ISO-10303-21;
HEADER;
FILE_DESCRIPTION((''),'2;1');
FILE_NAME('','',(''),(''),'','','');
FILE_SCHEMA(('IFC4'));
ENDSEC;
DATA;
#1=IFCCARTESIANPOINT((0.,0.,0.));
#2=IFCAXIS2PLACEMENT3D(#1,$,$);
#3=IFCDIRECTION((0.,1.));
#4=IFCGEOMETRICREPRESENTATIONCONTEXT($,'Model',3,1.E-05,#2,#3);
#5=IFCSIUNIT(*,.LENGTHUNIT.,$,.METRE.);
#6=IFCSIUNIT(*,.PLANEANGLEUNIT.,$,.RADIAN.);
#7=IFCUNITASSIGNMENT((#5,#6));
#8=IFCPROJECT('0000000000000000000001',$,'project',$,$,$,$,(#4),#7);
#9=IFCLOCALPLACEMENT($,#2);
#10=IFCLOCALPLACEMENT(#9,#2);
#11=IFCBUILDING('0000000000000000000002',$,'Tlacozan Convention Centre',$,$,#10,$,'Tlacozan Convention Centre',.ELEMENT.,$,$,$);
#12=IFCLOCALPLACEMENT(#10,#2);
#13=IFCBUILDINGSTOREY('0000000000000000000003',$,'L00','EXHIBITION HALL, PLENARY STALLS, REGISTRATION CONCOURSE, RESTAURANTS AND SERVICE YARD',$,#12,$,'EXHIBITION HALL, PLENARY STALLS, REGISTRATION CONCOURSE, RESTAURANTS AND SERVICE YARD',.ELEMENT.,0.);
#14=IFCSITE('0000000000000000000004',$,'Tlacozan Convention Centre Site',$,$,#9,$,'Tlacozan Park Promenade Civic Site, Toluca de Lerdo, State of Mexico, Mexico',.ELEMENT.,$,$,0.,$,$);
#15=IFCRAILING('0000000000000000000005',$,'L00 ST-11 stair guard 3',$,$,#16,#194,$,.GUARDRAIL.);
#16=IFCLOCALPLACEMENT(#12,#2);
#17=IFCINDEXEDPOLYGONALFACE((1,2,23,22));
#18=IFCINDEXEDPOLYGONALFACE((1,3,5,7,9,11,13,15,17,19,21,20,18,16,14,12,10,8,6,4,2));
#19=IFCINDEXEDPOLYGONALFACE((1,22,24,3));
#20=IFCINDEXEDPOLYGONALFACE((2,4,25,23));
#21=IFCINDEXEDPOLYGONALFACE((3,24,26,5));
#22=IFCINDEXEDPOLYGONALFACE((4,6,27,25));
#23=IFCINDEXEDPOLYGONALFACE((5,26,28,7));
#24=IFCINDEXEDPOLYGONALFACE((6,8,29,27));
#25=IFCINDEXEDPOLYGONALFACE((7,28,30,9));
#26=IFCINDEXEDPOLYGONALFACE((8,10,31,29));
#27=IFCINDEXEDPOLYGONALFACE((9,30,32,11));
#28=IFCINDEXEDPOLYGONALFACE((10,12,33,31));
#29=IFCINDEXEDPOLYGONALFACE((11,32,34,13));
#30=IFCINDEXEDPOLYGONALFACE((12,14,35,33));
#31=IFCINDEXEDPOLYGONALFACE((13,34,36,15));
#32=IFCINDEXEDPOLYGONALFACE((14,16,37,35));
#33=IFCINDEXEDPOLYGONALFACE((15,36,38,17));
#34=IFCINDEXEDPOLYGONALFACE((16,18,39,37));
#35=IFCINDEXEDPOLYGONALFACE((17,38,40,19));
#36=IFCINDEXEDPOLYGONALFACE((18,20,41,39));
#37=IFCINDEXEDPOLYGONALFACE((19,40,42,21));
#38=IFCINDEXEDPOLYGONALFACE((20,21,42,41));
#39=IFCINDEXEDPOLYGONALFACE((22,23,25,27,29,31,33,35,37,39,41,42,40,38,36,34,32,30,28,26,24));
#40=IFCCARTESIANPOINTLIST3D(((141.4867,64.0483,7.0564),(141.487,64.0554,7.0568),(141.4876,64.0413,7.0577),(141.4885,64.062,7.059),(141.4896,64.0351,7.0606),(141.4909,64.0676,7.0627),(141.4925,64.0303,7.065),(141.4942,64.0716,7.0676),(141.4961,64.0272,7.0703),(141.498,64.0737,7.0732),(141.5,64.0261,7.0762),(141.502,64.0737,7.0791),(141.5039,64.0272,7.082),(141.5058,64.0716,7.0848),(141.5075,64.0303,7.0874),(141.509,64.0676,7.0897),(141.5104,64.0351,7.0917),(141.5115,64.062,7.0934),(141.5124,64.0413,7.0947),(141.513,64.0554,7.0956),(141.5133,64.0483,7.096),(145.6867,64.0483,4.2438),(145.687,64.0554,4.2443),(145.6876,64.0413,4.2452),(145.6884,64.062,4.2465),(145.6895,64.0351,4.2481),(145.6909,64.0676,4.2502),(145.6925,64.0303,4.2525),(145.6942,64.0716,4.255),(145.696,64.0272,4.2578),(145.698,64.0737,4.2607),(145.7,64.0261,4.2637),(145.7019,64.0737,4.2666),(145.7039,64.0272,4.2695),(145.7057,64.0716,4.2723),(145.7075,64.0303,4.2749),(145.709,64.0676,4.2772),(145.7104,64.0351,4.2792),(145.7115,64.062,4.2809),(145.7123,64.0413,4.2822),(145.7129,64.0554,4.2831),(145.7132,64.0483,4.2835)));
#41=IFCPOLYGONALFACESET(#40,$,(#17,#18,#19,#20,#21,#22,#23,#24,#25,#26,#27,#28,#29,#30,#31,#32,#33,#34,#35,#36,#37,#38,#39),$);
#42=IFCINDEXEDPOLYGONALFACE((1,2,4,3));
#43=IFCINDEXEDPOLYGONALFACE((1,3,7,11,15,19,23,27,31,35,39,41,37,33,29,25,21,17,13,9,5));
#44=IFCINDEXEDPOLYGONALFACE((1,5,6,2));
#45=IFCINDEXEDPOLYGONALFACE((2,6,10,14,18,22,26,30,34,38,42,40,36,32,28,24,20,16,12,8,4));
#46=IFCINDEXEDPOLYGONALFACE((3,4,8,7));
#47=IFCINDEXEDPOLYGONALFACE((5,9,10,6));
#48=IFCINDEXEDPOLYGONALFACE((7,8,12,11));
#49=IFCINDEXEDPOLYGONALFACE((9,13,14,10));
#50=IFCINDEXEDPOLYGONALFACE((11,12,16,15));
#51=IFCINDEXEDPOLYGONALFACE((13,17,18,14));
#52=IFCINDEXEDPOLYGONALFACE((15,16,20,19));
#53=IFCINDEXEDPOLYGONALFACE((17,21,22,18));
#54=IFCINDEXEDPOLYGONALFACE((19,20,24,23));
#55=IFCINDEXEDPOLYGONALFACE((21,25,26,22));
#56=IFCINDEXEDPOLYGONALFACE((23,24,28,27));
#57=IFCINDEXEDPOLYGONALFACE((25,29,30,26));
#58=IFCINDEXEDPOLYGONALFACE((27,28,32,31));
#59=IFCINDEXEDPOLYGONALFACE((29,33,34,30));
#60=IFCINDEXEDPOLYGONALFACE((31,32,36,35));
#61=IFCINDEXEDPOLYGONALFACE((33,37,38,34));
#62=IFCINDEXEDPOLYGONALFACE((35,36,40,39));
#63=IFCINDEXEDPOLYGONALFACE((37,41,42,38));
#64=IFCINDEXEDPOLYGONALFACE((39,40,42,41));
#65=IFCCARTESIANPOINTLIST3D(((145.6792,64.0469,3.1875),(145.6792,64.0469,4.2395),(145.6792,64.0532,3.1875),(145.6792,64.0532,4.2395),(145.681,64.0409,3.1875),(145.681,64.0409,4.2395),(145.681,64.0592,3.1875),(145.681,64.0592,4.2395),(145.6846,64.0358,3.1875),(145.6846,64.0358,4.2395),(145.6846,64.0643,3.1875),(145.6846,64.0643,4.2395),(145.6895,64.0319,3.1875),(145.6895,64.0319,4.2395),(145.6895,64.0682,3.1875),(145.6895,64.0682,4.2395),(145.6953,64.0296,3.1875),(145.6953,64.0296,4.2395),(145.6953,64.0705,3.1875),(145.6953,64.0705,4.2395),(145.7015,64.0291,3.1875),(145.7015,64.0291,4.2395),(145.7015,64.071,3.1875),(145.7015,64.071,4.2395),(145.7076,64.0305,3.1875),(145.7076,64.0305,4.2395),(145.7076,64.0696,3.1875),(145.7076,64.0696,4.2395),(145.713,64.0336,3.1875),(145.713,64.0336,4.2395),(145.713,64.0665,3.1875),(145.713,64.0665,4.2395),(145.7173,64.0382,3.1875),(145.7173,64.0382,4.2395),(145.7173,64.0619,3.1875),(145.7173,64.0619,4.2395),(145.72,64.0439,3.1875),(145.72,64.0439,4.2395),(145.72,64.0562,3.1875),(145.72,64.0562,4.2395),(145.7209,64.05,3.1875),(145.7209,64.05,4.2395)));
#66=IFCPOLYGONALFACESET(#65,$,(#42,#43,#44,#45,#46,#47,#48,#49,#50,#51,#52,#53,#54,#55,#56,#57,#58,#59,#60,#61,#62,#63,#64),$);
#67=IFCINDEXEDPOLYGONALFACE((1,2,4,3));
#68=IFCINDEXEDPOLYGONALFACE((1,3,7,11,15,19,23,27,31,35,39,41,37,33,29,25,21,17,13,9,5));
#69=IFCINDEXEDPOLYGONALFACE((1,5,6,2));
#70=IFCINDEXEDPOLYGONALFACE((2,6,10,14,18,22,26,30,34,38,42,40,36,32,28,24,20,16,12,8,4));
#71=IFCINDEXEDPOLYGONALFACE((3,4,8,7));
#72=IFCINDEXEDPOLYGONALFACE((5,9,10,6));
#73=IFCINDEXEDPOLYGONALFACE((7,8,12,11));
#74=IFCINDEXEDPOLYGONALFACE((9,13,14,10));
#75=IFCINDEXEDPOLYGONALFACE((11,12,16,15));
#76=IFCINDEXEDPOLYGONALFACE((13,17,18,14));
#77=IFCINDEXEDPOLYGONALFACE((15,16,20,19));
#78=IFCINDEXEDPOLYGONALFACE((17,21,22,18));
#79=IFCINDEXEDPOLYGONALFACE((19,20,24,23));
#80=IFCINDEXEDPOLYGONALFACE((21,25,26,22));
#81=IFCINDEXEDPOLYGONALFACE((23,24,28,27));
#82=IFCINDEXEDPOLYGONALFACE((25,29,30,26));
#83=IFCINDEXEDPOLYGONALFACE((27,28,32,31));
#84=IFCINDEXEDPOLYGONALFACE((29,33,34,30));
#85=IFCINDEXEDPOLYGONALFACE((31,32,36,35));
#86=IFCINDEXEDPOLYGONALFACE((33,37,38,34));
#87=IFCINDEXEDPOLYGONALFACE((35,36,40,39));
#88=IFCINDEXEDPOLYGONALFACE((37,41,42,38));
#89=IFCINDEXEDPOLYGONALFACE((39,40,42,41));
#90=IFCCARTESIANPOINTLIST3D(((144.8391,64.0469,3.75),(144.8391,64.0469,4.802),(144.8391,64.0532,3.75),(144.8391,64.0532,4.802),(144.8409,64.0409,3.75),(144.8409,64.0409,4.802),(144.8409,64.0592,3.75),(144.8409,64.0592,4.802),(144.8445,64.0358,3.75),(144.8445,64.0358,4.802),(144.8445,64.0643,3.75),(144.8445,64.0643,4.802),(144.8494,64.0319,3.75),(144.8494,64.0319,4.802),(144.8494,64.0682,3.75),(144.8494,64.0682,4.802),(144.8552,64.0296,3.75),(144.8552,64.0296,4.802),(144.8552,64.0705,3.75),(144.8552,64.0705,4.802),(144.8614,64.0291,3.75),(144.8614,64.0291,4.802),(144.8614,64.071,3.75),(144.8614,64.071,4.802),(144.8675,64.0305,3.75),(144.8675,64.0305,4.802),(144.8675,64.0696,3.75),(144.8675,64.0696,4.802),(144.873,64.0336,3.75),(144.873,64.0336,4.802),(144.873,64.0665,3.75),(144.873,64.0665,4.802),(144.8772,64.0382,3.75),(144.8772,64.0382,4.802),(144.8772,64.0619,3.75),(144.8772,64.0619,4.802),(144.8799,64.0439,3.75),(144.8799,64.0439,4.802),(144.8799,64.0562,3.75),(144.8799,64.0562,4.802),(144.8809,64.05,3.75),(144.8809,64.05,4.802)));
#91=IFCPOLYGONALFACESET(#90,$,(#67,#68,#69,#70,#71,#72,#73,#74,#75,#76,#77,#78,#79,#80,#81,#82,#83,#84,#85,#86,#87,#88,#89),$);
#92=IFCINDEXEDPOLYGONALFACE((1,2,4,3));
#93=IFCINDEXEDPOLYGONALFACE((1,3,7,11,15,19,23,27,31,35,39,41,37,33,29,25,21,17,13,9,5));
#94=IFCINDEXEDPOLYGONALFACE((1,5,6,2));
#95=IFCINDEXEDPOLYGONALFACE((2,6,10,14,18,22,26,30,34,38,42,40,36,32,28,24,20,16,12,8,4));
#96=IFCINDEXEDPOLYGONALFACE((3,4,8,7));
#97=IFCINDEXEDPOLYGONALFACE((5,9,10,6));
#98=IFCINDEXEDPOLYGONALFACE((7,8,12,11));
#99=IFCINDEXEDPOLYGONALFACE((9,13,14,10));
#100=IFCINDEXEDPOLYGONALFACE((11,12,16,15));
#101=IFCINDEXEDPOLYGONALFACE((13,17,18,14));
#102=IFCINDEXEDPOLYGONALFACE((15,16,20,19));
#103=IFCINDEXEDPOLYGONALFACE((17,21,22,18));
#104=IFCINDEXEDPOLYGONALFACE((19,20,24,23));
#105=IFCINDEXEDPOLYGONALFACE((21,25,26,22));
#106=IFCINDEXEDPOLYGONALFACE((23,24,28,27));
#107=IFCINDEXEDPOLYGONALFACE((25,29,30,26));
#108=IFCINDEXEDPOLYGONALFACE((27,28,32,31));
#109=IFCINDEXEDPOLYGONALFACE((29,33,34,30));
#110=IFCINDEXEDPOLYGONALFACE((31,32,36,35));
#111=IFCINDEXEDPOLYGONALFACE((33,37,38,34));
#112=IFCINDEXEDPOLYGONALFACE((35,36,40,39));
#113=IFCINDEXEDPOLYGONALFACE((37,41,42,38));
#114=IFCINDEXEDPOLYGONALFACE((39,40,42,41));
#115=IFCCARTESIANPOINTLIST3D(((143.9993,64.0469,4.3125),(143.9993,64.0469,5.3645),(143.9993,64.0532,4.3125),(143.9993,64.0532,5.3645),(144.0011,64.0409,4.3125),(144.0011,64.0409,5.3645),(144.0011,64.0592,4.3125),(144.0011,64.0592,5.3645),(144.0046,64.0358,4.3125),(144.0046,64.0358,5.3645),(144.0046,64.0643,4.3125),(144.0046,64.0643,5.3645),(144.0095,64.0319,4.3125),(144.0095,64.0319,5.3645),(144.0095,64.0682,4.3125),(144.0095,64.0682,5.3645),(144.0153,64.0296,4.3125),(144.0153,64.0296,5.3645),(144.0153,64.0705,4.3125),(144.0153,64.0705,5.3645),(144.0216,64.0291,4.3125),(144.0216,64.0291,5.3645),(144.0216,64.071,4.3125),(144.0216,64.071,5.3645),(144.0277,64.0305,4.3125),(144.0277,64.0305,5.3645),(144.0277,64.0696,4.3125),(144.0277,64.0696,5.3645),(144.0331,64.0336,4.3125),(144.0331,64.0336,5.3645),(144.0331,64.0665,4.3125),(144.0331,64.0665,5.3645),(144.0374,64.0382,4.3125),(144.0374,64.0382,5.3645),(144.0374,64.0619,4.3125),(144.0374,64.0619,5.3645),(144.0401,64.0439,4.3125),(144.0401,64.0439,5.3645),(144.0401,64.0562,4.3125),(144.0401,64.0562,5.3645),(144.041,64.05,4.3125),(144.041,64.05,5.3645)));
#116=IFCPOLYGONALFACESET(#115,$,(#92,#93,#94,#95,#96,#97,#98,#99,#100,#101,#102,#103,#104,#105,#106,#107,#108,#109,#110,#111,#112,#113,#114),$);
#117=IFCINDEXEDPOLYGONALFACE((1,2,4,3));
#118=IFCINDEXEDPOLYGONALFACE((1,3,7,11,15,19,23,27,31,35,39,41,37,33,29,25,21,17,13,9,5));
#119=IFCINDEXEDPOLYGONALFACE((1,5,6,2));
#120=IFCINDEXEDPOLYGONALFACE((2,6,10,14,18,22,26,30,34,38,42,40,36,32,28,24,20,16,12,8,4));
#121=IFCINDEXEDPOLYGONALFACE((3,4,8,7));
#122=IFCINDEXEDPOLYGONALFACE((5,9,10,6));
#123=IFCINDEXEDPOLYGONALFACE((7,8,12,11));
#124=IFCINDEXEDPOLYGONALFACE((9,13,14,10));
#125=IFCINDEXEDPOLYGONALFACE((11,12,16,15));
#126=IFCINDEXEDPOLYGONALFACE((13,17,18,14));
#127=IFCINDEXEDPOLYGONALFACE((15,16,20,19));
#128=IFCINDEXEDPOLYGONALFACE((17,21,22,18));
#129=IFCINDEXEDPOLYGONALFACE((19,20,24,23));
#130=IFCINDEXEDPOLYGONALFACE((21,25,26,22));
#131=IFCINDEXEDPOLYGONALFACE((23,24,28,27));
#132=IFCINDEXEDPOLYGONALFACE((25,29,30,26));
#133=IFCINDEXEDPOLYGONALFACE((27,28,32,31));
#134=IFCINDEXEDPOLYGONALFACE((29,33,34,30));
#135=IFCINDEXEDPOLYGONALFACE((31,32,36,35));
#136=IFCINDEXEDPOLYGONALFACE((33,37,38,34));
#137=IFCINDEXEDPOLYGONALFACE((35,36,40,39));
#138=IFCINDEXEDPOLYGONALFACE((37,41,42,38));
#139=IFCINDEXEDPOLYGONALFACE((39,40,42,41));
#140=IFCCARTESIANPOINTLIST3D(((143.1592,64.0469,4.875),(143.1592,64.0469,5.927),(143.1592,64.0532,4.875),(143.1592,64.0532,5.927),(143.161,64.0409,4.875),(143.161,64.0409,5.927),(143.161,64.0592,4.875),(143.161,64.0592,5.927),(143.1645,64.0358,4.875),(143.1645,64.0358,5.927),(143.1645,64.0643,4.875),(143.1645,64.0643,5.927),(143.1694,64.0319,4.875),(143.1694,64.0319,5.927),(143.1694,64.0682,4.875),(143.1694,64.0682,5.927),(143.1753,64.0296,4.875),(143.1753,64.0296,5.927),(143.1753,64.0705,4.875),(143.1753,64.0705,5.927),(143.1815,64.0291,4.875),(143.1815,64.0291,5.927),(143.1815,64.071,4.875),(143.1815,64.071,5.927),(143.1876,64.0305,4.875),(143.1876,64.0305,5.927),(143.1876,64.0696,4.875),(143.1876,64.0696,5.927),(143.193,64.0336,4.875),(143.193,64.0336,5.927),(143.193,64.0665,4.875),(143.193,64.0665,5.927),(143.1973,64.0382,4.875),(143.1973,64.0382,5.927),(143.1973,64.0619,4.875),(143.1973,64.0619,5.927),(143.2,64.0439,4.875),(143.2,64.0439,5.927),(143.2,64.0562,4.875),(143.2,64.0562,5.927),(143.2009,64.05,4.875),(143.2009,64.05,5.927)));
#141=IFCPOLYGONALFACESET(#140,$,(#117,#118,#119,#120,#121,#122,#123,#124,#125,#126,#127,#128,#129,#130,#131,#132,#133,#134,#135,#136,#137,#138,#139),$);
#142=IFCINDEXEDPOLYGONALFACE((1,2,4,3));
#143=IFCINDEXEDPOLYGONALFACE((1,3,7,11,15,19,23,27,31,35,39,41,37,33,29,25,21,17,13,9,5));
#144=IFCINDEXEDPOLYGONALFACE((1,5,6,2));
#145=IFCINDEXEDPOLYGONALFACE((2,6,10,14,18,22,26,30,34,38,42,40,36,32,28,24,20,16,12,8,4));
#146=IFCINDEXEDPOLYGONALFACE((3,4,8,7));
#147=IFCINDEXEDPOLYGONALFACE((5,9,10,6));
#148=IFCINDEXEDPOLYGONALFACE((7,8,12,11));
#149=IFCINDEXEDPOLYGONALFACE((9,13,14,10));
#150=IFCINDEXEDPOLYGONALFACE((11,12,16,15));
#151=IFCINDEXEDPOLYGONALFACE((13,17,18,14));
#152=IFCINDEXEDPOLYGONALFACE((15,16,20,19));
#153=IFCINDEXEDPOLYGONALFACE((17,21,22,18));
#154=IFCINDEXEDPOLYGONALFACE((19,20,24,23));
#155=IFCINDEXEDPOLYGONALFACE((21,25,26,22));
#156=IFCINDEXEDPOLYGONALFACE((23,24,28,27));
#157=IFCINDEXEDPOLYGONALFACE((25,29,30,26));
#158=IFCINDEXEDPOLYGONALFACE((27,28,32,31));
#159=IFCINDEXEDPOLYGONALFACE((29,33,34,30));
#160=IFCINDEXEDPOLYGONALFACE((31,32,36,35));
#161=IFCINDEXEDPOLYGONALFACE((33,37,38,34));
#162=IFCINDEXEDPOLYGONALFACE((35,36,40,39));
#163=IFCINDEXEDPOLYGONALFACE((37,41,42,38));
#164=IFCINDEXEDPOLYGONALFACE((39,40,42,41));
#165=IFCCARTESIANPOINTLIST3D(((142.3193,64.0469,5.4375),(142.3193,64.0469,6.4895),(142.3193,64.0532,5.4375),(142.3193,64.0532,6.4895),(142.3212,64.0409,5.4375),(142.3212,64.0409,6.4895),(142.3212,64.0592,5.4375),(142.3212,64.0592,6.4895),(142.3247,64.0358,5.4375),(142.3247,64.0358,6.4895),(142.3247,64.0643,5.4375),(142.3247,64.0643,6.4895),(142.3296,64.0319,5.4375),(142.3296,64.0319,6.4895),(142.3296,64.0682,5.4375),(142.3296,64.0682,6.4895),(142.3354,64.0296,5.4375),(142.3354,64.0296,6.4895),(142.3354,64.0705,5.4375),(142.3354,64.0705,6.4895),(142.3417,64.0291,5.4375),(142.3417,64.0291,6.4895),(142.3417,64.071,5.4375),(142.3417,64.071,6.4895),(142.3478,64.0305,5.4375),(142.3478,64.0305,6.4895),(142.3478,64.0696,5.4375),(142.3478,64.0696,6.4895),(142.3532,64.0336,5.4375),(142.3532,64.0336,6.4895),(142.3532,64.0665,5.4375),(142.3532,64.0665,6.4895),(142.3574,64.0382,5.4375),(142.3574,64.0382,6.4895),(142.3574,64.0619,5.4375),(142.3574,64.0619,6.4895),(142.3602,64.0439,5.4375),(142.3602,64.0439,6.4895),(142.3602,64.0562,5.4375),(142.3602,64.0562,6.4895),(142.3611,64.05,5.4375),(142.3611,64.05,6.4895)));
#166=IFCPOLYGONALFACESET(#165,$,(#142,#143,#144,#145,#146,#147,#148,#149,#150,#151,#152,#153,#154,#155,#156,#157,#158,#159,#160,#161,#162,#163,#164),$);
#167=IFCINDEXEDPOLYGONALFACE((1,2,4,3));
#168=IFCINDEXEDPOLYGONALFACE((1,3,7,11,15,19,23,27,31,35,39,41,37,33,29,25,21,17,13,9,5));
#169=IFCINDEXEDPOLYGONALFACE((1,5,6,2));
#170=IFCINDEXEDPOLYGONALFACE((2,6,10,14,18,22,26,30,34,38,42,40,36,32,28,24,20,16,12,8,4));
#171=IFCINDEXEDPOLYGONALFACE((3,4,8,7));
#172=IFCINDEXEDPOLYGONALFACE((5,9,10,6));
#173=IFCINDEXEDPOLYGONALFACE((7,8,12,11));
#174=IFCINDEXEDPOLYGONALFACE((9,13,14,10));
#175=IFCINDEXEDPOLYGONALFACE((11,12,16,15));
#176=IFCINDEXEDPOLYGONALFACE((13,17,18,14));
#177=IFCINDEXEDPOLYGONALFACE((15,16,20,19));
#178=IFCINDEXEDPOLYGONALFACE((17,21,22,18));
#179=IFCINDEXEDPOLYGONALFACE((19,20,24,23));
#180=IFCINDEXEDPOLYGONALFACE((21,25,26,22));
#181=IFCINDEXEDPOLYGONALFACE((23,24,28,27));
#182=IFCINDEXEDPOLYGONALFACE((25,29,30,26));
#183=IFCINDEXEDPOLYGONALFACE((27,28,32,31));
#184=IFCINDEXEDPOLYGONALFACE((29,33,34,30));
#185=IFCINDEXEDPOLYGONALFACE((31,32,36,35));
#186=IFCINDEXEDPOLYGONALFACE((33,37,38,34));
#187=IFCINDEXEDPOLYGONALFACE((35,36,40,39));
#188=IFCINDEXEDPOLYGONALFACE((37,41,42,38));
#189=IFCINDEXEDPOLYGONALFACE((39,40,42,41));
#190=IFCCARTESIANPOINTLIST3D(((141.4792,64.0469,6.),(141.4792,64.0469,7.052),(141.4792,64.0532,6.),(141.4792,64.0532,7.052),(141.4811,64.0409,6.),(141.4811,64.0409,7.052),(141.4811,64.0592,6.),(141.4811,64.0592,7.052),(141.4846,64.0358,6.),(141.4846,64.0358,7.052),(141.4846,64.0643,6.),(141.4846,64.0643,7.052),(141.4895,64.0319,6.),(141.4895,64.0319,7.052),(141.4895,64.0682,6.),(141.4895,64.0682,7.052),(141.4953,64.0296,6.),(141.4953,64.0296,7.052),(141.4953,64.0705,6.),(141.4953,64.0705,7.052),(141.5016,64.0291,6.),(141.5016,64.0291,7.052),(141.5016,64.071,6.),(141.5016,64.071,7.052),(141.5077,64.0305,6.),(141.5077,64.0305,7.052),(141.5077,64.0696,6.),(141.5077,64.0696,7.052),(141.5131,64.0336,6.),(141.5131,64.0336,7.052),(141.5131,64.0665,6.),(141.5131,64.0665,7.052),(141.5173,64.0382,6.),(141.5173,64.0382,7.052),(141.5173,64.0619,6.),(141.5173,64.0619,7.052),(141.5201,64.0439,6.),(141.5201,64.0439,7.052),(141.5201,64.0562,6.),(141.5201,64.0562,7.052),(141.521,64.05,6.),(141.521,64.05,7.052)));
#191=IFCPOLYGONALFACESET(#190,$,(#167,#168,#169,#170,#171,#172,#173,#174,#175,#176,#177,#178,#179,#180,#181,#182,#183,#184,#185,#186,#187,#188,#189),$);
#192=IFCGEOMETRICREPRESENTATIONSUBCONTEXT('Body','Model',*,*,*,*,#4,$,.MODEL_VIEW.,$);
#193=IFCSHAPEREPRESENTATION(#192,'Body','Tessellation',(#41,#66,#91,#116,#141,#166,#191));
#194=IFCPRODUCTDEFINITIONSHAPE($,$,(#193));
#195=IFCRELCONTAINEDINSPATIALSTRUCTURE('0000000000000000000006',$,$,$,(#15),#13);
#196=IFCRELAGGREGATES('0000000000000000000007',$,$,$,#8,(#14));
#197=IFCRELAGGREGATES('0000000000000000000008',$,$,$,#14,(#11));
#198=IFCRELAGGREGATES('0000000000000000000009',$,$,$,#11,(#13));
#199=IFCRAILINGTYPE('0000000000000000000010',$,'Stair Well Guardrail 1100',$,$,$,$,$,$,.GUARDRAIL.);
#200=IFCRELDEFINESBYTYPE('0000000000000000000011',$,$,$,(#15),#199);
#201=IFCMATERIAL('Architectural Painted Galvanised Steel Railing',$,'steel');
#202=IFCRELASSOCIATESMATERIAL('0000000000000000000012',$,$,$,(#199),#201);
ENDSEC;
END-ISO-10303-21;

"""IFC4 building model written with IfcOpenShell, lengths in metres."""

from ifc_helpers import new_model, si_unit, direction, frame, origin, origin_2d, place, context, subcontext, project, spatial, circle, extrude, material, type_object, element, save


model = new_model("IFC4")

# Units and contexts
model_context = context("Model", 3, precision=1e-05, world=origin(), true_north=direction((0.0, 1.0)))
body_context = subcontext(model_context, "Body", "Model", "MODEL_VIEW")
ifc_project = project(units=[si_unit("LENGTHUNIT", "METRE"), si_unit("PLANEANGLEUNIT", "RADIAN")], contexts=[model_context])

# Site, building, storey
site_placement = place(None, origin())
site = spatial("IfcSite", under=ifc_project, at=site_placement, Name="Tlacozan Convention Centre Site", LongName="Tlacozan Park Promenade Civic Site, Toluca de Lerdo, State of Mexico, Mexico", CompositionType="ELEMENT", RefElevation=0.0)
building_placement = place(site_placement, origin())
building = spatial("IfcBuilding", under=site, at=building_placement, Name="Tlacozan Convention Centre", LongName="Tlacozan Convention Centre", CompositionType="ELEMENT")
storey_placement = place(building_placement, origin())
storey = spatial("IfcBuildingStorey", under=building, at=storey_placement, Name="L00", Description="EXHIBITION HALL, PLENARY STALLS, REGISTRATION CONCOURSE, RESTAURANTS AND SERVICE YARD", LongName="EXHIBITION HALL, PLENARY STALLS, REGISTRATION CONCOURSE, RESTAURANTS AND SERVICE YARD", CompositionType="ELEMENT", Elevation=0.0)

# Railing
ifc_material_1 = material(Name="Architectural Painted Galvanised Steel Railing", Category="steel")
railing_type_1 = type_object("IfcRailingType", Name="Stair Well Guardrail 1100", PredefinedType="GUARDRAIL", material=ifc_material_1)
railing_1_placement = place(storey_placement, frame((145.7, 64.05, 3.1875)))
element("IfcRailing", 1, at=railing_1_placement, inside=storey, type_object=railing_type_1, Name="L00 ST-11 stair guard 3", PredefinedType="GUARDRAIL", context=body_context, shape_type="SweptSolid", body=[
    extrude(circle(Radius=0.0239, at=origin_2d()), frame((0.0, 0.0, 1.0762), z_axis=(-0.830904, 0.0, 0.556416), x_axis=(0.0, -1.0, 0.0)), (0.0, 0.0, 1.0), 5.0547),
    extrude(circle(Radius=0.021, at=origin_2d()), origin(), (0.0, 0.0, 1.0), 1.052),
    extrude(circle(Radius=0.021, at=origin_2d()), frame((-0.8401, 0.0, 0.5625)), (0.0, 0.0, 1.0), 1.052),
    extrude(circle(Radius=0.021, at=origin_2d()), frame((-1.6799, 0.0, 1.125)), (0.0, 0.0, 1.0), 1.052),
    extrude(circle(Radius=0.021, at=origin_2d()), frame((-2.52, 0.0, 1.6875)), (0.0, 0.0, 1.0), 1.052),
    extrude(circle(Radius=0.021, at=origin_2d()), frame((-3.3599, 0.0, 2.25)), (0.0, 0.0, 1.0), 1.052),
    extrude(circle(Radius=0.021, at=origin_2d()), frame((-4.2, 0.0, 2.8125)), (0.0, 0.0, 1.0), 1.052),
])

save(model, "model.ifc")
